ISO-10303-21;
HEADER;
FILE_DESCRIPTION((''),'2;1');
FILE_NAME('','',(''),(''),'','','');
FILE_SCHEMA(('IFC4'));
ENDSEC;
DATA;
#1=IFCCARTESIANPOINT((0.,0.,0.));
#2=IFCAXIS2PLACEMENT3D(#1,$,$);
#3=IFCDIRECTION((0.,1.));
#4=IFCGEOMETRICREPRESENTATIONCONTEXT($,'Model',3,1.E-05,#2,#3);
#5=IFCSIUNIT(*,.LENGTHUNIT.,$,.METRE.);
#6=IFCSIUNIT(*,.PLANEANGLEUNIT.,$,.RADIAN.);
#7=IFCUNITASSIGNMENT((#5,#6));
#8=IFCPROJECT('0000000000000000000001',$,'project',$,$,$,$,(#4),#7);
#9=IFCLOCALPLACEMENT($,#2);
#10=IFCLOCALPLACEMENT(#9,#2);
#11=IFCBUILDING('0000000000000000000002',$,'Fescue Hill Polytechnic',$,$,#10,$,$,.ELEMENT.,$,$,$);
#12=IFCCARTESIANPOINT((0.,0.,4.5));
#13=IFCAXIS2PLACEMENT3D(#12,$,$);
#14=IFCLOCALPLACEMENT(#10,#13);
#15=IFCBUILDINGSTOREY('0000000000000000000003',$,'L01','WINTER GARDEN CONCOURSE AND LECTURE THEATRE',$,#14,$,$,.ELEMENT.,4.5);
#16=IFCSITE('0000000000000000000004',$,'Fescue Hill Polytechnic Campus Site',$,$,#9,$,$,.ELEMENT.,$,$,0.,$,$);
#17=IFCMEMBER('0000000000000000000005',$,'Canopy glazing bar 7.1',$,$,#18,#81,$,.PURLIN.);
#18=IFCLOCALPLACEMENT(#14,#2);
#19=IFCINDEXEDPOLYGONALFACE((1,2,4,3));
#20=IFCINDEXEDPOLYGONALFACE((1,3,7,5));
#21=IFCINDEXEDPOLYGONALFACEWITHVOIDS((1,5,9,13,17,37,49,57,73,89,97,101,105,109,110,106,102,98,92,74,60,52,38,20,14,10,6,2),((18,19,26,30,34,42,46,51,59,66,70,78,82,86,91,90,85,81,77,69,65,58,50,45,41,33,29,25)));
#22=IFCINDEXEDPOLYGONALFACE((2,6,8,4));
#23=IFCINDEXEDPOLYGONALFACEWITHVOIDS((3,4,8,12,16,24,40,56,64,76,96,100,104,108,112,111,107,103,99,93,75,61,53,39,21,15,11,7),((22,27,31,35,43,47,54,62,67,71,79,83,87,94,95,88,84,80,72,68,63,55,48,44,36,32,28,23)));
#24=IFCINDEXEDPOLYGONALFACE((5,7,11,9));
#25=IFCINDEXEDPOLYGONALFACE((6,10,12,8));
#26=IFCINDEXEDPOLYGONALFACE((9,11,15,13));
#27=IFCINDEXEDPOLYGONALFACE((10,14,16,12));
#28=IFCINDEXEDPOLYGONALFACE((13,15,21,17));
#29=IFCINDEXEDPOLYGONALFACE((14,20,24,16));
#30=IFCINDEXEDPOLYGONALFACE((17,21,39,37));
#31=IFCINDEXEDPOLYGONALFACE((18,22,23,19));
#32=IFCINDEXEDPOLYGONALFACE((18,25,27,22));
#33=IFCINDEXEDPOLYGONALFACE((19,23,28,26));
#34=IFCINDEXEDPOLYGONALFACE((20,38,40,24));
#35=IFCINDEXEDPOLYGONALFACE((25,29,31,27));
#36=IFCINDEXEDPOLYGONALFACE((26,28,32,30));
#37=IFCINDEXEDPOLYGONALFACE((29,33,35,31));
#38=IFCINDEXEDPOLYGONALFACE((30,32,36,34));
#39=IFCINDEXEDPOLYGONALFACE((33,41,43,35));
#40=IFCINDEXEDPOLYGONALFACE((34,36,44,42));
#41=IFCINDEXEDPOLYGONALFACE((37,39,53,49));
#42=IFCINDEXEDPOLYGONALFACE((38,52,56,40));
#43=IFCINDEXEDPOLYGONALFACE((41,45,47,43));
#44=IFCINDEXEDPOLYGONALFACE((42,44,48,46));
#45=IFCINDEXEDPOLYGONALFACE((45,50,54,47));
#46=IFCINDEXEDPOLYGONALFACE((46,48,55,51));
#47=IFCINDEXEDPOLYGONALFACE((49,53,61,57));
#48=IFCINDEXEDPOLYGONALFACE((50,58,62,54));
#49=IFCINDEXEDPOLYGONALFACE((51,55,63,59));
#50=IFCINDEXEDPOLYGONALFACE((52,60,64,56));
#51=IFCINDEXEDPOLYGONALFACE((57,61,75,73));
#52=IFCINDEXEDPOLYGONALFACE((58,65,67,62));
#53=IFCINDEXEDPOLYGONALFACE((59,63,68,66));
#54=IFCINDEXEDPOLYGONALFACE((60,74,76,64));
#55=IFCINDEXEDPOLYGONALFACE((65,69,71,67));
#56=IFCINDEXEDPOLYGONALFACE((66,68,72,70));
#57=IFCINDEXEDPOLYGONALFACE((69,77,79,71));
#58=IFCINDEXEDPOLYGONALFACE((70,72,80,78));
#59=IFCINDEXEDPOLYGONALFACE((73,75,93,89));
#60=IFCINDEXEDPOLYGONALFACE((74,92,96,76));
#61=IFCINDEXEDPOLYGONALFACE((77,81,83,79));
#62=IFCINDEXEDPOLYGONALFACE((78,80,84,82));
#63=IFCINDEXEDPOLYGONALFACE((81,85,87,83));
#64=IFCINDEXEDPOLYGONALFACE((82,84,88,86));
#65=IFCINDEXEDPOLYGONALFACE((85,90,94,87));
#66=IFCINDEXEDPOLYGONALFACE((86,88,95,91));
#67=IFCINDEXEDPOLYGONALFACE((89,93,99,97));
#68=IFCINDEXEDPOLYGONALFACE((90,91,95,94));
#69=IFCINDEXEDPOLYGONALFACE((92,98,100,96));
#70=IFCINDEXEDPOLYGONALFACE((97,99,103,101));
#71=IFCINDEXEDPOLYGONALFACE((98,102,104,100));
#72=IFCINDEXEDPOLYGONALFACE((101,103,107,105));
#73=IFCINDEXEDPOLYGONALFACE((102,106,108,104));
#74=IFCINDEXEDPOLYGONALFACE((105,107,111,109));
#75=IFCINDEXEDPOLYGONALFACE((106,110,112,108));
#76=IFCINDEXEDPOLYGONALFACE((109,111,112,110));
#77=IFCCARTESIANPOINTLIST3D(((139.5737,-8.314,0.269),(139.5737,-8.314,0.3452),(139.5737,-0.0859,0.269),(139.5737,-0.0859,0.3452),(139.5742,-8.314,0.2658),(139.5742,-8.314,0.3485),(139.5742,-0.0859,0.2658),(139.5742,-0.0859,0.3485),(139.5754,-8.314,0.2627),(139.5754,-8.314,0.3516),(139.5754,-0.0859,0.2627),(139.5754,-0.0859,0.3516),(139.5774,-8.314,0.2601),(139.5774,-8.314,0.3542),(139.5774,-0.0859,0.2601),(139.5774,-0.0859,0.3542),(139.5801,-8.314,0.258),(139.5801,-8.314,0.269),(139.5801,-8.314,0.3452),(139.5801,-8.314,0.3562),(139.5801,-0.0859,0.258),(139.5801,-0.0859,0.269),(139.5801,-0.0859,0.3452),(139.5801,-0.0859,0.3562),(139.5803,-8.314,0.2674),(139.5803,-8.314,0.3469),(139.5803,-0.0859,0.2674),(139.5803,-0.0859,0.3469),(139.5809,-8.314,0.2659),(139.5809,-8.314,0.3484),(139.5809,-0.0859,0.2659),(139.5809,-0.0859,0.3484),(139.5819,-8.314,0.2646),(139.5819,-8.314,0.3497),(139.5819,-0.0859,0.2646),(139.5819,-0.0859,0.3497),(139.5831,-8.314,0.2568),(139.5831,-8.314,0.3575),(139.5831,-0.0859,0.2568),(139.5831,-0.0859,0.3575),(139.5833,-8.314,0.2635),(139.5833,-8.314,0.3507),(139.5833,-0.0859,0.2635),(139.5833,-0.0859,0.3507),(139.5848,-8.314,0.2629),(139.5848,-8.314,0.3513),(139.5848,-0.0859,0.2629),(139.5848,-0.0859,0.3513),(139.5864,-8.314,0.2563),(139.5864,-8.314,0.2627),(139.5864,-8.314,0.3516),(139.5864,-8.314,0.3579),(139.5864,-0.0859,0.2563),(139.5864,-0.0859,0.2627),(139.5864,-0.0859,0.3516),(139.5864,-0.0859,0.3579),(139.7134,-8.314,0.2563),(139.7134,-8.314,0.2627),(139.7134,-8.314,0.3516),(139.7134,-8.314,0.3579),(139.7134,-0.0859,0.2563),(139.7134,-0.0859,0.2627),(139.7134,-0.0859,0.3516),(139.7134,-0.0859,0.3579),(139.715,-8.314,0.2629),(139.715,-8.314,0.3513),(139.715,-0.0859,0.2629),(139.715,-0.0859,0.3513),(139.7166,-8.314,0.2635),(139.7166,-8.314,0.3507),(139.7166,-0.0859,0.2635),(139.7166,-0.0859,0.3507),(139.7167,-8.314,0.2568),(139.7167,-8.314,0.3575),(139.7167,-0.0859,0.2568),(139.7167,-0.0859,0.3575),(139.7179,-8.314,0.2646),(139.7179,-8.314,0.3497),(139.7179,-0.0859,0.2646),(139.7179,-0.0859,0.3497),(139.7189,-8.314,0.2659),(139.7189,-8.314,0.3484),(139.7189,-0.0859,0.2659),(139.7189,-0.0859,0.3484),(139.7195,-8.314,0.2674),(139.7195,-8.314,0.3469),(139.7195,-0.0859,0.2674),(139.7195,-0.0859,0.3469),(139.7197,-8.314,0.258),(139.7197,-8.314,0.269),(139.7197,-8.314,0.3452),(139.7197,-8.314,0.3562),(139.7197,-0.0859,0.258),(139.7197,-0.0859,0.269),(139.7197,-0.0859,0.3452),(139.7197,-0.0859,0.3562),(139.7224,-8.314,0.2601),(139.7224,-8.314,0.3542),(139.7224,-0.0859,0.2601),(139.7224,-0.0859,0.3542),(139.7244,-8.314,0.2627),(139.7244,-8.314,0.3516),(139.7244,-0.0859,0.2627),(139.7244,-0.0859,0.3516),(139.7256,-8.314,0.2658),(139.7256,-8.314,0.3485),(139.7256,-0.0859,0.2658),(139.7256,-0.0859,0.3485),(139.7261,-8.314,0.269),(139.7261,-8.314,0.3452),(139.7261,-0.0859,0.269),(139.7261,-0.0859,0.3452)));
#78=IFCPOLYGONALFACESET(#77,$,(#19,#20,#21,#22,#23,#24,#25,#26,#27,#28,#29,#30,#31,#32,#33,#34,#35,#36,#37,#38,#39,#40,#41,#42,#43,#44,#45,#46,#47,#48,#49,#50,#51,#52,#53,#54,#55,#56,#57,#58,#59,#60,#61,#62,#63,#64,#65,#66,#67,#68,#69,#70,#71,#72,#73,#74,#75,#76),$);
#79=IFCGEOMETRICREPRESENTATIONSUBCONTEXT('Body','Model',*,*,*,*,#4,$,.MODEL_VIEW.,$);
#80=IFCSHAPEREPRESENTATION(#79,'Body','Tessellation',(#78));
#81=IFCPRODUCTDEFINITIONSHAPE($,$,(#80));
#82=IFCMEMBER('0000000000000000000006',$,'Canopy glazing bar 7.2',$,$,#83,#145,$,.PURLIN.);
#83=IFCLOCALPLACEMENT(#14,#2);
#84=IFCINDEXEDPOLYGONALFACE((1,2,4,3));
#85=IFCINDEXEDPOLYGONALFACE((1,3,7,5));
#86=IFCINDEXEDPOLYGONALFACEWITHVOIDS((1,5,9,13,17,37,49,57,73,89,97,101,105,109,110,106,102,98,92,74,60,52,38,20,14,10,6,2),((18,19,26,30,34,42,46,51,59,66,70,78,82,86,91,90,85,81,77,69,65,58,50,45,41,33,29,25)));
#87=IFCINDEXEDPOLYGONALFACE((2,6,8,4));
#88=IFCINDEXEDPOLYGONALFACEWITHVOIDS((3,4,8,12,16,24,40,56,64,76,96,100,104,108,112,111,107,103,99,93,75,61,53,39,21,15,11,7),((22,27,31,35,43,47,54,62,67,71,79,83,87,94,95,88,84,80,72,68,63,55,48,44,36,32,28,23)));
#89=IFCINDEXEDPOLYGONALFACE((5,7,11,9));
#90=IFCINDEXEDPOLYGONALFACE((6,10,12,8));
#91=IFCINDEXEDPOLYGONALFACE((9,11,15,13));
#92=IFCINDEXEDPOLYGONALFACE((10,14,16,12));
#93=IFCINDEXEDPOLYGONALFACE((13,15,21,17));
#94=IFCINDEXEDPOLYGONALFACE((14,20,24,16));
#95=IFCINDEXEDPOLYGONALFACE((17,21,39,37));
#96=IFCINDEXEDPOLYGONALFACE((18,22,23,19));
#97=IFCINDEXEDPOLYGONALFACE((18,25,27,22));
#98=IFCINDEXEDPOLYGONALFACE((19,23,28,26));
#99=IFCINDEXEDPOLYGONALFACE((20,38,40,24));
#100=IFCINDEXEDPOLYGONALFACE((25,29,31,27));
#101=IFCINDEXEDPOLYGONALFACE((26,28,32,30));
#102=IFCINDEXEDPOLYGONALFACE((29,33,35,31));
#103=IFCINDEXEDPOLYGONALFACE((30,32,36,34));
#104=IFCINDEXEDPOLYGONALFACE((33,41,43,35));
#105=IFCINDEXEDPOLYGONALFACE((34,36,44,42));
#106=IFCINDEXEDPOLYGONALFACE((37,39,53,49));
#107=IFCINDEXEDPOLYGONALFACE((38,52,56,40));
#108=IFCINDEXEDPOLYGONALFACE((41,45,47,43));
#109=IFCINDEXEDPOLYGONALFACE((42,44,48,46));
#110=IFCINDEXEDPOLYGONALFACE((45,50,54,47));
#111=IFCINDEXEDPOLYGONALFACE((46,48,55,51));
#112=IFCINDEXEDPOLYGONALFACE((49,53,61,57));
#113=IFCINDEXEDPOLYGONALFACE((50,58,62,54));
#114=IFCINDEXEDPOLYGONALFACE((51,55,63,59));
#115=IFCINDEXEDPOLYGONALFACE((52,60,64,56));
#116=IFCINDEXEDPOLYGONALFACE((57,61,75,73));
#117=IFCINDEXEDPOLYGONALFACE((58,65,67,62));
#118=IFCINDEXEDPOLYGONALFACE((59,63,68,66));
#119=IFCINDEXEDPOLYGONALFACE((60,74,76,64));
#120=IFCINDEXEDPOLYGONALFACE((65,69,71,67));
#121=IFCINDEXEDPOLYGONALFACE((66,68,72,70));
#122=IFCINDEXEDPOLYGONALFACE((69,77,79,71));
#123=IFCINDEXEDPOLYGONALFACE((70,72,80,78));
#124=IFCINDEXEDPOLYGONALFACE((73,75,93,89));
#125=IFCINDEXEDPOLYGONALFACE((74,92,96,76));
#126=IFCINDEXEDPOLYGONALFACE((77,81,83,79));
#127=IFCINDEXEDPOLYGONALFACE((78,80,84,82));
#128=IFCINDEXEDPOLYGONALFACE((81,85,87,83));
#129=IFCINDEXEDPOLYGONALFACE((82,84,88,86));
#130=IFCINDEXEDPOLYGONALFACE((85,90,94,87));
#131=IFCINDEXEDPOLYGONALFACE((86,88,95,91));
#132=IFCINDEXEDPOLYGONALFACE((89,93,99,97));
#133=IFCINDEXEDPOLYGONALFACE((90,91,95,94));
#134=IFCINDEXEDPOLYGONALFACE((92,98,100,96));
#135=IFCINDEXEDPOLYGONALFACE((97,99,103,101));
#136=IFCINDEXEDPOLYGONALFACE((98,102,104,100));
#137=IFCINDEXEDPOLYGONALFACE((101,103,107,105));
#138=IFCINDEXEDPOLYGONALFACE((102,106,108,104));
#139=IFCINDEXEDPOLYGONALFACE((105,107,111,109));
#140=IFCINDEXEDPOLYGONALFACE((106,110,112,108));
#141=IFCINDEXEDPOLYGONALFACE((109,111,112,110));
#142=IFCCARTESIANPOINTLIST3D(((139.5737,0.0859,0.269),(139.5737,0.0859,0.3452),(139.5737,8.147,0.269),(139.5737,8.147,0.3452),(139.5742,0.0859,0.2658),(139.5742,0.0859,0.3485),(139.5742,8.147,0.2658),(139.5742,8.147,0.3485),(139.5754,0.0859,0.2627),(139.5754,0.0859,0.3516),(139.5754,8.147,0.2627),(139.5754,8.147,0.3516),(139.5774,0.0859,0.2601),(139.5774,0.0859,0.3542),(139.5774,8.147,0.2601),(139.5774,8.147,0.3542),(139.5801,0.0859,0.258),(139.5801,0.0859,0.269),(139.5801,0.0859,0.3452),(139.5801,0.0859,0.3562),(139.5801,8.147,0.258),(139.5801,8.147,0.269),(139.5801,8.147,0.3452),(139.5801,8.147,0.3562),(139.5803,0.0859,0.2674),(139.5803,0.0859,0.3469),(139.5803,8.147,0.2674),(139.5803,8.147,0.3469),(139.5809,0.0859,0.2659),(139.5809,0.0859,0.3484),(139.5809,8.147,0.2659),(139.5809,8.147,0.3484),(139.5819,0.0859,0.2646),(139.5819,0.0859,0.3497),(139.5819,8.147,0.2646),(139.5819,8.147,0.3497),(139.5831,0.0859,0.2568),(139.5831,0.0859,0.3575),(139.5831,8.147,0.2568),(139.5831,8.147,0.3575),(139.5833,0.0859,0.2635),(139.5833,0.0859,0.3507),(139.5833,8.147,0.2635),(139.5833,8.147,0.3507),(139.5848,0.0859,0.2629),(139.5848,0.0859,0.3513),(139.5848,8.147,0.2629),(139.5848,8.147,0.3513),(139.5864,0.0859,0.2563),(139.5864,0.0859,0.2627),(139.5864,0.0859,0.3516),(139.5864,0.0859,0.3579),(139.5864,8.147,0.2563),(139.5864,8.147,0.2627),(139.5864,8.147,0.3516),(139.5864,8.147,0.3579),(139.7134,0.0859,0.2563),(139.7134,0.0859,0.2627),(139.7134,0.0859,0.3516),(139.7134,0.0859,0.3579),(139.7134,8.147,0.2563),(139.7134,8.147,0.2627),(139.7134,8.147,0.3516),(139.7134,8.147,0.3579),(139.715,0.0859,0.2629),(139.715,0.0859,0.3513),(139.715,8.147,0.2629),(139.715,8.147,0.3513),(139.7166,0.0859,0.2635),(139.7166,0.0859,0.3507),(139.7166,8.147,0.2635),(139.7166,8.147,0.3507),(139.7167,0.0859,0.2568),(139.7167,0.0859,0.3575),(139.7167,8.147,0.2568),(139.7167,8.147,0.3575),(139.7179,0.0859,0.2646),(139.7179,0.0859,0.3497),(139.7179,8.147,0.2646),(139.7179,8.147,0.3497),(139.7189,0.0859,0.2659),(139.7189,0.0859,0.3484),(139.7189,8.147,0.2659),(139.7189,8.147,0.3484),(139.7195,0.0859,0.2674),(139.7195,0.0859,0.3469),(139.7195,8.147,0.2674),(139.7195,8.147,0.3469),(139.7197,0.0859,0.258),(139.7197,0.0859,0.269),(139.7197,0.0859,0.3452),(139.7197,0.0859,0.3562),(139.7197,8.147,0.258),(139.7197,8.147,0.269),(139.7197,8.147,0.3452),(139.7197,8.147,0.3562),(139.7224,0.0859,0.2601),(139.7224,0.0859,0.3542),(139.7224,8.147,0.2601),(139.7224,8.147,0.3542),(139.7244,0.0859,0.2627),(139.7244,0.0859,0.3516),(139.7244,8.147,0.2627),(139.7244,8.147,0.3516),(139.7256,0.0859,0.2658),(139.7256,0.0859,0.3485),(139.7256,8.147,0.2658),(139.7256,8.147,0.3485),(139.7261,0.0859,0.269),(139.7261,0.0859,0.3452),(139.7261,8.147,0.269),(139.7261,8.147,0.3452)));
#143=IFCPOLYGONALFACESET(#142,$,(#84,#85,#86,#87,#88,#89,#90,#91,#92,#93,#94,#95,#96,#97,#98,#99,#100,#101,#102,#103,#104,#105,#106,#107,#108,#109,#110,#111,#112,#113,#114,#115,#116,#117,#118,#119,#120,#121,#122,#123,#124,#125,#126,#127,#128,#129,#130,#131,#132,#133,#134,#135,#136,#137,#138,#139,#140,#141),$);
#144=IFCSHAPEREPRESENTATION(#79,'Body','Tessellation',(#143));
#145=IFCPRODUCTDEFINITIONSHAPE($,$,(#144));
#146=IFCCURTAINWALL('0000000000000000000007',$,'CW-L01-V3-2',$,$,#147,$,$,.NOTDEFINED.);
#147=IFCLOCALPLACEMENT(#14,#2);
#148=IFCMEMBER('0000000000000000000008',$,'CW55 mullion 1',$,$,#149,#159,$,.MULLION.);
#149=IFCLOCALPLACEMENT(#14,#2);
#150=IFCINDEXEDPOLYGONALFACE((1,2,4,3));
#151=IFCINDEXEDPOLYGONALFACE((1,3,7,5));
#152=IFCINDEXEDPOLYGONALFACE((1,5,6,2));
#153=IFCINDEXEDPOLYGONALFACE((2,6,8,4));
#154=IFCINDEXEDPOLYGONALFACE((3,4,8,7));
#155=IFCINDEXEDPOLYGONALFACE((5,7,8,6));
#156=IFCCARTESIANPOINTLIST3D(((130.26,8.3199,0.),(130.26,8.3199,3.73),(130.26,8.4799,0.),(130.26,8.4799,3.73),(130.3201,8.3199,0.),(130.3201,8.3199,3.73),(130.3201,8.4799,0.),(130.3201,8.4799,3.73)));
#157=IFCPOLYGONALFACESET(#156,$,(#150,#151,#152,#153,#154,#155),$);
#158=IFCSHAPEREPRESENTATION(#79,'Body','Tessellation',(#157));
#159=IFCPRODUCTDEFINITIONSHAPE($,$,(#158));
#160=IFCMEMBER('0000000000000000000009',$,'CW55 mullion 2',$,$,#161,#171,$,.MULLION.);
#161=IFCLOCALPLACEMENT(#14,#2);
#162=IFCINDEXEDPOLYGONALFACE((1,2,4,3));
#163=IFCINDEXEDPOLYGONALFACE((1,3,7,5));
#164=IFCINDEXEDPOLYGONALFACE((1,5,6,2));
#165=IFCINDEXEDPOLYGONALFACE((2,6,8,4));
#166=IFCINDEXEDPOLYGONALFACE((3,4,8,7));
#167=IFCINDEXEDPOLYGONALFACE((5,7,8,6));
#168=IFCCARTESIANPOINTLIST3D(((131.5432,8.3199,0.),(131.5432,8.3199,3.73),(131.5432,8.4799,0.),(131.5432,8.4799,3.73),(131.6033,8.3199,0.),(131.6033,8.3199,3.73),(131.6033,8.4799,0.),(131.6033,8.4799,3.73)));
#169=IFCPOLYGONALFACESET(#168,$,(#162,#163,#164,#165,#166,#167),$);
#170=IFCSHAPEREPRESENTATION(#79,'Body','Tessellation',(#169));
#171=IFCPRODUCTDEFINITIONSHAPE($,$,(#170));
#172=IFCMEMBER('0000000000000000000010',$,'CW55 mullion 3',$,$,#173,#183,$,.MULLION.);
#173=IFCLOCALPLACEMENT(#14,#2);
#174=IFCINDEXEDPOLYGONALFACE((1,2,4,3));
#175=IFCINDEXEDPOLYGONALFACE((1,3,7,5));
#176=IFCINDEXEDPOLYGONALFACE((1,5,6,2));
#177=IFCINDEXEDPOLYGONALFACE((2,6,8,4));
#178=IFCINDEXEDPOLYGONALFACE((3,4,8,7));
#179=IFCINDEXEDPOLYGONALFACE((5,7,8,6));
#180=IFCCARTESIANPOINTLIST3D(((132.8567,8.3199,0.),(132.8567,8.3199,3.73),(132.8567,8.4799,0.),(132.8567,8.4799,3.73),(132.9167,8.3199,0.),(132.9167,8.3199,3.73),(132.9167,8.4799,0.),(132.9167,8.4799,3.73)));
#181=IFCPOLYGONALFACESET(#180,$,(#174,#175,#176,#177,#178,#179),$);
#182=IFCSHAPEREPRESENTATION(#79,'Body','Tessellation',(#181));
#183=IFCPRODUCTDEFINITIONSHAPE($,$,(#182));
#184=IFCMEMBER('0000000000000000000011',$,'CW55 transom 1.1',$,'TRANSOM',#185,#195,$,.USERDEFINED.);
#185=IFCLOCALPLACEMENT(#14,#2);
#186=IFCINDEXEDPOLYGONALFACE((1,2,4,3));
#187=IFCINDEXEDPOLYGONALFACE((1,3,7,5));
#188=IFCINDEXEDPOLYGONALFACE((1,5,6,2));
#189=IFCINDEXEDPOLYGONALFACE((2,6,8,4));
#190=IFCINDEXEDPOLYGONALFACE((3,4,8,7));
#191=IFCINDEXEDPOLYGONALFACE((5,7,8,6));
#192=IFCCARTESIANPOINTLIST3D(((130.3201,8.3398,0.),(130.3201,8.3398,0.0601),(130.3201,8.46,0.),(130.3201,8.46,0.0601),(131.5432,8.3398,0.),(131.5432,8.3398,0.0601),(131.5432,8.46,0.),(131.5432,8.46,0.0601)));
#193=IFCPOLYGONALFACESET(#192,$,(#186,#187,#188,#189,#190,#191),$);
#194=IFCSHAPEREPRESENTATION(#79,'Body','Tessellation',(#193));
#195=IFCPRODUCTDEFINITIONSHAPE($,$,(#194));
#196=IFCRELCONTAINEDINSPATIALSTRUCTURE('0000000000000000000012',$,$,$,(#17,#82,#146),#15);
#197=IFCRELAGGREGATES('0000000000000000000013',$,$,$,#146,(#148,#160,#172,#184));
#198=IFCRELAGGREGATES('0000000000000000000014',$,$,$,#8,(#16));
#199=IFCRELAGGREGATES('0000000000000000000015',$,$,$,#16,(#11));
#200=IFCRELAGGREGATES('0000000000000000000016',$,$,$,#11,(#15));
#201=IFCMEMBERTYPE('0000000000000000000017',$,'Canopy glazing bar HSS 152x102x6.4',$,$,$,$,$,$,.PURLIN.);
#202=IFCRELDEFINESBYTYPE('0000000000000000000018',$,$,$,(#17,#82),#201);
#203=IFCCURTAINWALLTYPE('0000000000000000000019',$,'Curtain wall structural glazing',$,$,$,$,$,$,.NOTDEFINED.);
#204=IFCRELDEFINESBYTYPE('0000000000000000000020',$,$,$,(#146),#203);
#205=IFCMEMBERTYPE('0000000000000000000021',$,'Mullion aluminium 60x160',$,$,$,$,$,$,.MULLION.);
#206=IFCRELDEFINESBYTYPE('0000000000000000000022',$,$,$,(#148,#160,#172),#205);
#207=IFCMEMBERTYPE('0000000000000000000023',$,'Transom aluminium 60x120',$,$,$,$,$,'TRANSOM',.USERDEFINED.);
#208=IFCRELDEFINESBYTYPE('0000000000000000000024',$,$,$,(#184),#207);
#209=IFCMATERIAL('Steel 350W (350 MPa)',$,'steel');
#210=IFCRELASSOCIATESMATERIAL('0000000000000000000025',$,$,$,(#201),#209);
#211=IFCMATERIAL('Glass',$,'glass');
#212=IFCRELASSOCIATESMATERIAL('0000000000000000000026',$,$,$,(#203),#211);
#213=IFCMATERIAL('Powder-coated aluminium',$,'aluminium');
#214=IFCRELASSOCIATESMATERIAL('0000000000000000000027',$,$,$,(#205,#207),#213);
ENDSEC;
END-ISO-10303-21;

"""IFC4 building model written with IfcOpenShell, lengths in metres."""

from ifc_helpers import new_model, si_unit, direction, frame, origin, origin_2d, place, context, subcontext, project, spatial, rectangle, hollow_rectangle, extrude, material, material_profile, profile_set, type_object, element, aggregate, save


model = new_model("IFC4")

# Units and contexts
model_context = context("Model", 3, precision=1e-05, world=origin(), true_north=direction((0.0, 1.0)))
body_context = subcontext(model_context, "Body", "Model", "MODEL_VIEW")
ifc_project = project(units=[si_unit("LENGTHUNIT", "METRE"), si_unit("PLANEANGLEUNIT", "RADIAN")], contexts=[model_context])

# Site, building, storey
site_placement = place(None, origin())
site = spatial("IfcSite", under=ifc_project, at=site_placement, Name="Fescue Hill Polytechnic Campus Site", CompositionType="ELEMENT", RefElevation=0.0)
building_placement = place(site_placement, origin())
building = spatial("IfcBuilding", under=site, at=building_placement, Name="Fescue Hill Polytechnic", CompositionType="ELEMENT")
storey_placement = place(building_placement, frame((0.0, 0.0, 4.5)))
storey = spatial("IfcBuildingStorey", under=building, at=storey_placement, Name="L01", Description="WINTER GARDEN CONCOURSE AND LECTURE THEATRE", CompositionType="ELEMENT", Elevation=4.5)

# Members
ifc_material_1 = material(Name="Steel 350W (350 MPa)", Category="steel")
ifc_material_profile_1 = material_profile(ifc_material_1, hollow_rectangle(XDim=0.1016, YDim=0.1523, WallThickness=0.0063, InnerFilletRadius=0.0063, OuterFilletRadius=0.0127, at=origin_2d()), Name="Canopy glazing bar HSS 152x102x6.4")
ifc_profile_set_1 = profile_set([ifc_material_profile_1], Name="Steel 350W (350 MPa)")
member_type_1 = type_object("IfcMemberType", Name="Canopy glazing bar HSS 152x102x6.4", PredefinedType="PURLIN", material=ifc_profile_set_1)
member_1_placement = place(storey_placement, frame((139.6499, -8.314, 0.3071), z_axis=(0.0, 1.0, 0.0), x_axis=(0.0, 0.0, 1.0)))
element("IfcMember", 1, at=member_1_placement, inside=storey, type_object=member_type_1, Name="Canopy glazing bar 7.1", PredefinedType="PURLIN", context=body_context, shape_type="SweptSolid", body=[
    extrude(hollow_rectangle(XDim=0.1016, YDim=0.1523, WallThickness=0.0063, InnerFilletRadius=0.0063, OuterFilletRadius=0.0127, at=origin_2d()), origin(), (0.0, 0.0, 1.0), 8.228),
])
member_2_placement = place(storey_placement, frame((139.6499, 0.0859, 0.3071), z_axis=(0.0, 1.0, 0.0), x_axis=(0.0, 0.0, 1.0)))
element("IfcMember", 2, at=member_2_placement, inside=storey, type_object=member_type_1, Name="Canopy glazing bar 7.2", PredefinedType="PURLIN", context=body_context, shape_type="SweptSolid", body=[
    extrude(hollow_rectangle(XDim=0.1016, YDim=0.1523, WallThickness=0.0063, InnerFilletRadius=0.0063, OuterFilletRadius=0.0127, at=origin_2d()), origin(), (0.0, 0.0, 1.0), 8.061),
])

# Curtain wall, members
ifc_material_2 = material(Name="Glass", Category="glass")
curtain_wall_type = type_object("IfcCurtainWallType", Name="Curtain wall structural glazing", PredefinedType="NOTDEFINED", material=ifc_material_2)
curtain_wall_placement = place(storey_placement, origin())
curtain_wall = element("IfcCurtainWall", 3, at=curtain_wall_placement, inside=storey, type_object=curtain_wall_type, Name="CW-L01-V3-2", PredefinedType="NOTDEFINED")
ifc_material_3 = material(Name="Powder-coated aluminium", Category="aluminium")
ifc_material_profile_2 = material_profile(ifc_material_3, rectangle(XDim=0.1599, YDim=0.0601, at=origin_2d()), Name="Mullion aluminium 60x160")
ifc_profile_set_2 = profile_set([ifc_material_profile_2], Name="Powder-coated aluminium")
member_type_2 = type_object("IfcMemberType", Name="Mullion aluminium 60x160", PredefinedType="MULLION", material=ifc_profile_set_2)
member_3_placement = place(storey_placement, frame((130.29, 8.3999, 0.0), z_axis=(0.0, 0.0, 1.0), x_axis=(0.0, 1.0, 0.0)))
member_3 = element("IfcMember", 4, at=member_3_placement, type_object=member_type_2, Name="CW55 mullion 1", PredefinedType="MULLION", context=body_context, shape_type="SweptSolid", body=[
    extrude(rectangle(XDim=0.1599, YDim=0.0601, at=origin_2d()), origin(), (0.0, 0.0, 1.0), 3.73),
])
member_4_placement = place(storey_placement, frame((131.5732, 8.3999, 0.0), z_axis=(0.0, 0.0, 1.0), x_axis=(0.0, 1.0, 0.0)))
member_4 = element("IfcMember", 5, at=member_4_placement, type_object=member_type_2, Name="CW55 mullion 2", PredefinedType="MULLION", context=body_context, shape_type="SweptSolid", body=[
    extrude(rectangle(XDim=0.1599, YDim=0.0601, at=origin_2d()), origin(), (0.0, 0.0, 1.0), 3.73),
])
member_5_placement = place(storey_placement, frame((132.8867, 8.3999, 0.0), z_axis=(0.0, 0.0, 1.0), x_axis=(0.0, 1.0, 0.0)))
member_5 = element("IfcMember", 6, at=member_5_placement, type_object=member_type_2, Name="CW55 mullion 3", PredefinedType="MULLION", context=body_context, shape_type="SweptSolid", body=[
    extrude(rectangle(XDim=0.1599, YDim=0.0601, at=origin_2d()), origin(), (0.0, 0.0, 1.0), 3.73),
])
ifc_material_profile_3 = material_profile(ifc_material_3, rectangle(XDim=0.1201, YDim=0.0601, at=origin_2d()), Name="Transom aluminium 60x120")
ifc_profile_set_3 = profile_set([ifc_material_profile_3], Name="Powder-coated aluminium")
member_type_3 = type_object("IfcMemberType", Name="Transom aluminium 60x120", ElementType="TRANSOM", PredefinedType="USERDEFINED", material=ifc_profile_set_3)
member_6_placement = place(storey_placement, frame((130.3201, 8.3999, 0.03), z_axis=(1.0, 0.0, 0.0), x_axis=(0.0, 1.0, 0.0)))
member_6 = element("IfcMember", 7, at=member_6_placement, type_object=member_type_3, Name="CW55 transom 1.1", ObjectType="TRANSOM", PredefinedType="USERDEFINED", context=body_context, shape_type="SweptSolid", body=[
    extrude(rectangle(XDim=0.1201, YDim=0.0601, at=origin_2d()), origin(), (0.0, 0.0, 1.0), 1.2231),
])

aggregate(curtain_wall, [member_3, member_4, member_5, member_6])

save(model, "model.ifc")
